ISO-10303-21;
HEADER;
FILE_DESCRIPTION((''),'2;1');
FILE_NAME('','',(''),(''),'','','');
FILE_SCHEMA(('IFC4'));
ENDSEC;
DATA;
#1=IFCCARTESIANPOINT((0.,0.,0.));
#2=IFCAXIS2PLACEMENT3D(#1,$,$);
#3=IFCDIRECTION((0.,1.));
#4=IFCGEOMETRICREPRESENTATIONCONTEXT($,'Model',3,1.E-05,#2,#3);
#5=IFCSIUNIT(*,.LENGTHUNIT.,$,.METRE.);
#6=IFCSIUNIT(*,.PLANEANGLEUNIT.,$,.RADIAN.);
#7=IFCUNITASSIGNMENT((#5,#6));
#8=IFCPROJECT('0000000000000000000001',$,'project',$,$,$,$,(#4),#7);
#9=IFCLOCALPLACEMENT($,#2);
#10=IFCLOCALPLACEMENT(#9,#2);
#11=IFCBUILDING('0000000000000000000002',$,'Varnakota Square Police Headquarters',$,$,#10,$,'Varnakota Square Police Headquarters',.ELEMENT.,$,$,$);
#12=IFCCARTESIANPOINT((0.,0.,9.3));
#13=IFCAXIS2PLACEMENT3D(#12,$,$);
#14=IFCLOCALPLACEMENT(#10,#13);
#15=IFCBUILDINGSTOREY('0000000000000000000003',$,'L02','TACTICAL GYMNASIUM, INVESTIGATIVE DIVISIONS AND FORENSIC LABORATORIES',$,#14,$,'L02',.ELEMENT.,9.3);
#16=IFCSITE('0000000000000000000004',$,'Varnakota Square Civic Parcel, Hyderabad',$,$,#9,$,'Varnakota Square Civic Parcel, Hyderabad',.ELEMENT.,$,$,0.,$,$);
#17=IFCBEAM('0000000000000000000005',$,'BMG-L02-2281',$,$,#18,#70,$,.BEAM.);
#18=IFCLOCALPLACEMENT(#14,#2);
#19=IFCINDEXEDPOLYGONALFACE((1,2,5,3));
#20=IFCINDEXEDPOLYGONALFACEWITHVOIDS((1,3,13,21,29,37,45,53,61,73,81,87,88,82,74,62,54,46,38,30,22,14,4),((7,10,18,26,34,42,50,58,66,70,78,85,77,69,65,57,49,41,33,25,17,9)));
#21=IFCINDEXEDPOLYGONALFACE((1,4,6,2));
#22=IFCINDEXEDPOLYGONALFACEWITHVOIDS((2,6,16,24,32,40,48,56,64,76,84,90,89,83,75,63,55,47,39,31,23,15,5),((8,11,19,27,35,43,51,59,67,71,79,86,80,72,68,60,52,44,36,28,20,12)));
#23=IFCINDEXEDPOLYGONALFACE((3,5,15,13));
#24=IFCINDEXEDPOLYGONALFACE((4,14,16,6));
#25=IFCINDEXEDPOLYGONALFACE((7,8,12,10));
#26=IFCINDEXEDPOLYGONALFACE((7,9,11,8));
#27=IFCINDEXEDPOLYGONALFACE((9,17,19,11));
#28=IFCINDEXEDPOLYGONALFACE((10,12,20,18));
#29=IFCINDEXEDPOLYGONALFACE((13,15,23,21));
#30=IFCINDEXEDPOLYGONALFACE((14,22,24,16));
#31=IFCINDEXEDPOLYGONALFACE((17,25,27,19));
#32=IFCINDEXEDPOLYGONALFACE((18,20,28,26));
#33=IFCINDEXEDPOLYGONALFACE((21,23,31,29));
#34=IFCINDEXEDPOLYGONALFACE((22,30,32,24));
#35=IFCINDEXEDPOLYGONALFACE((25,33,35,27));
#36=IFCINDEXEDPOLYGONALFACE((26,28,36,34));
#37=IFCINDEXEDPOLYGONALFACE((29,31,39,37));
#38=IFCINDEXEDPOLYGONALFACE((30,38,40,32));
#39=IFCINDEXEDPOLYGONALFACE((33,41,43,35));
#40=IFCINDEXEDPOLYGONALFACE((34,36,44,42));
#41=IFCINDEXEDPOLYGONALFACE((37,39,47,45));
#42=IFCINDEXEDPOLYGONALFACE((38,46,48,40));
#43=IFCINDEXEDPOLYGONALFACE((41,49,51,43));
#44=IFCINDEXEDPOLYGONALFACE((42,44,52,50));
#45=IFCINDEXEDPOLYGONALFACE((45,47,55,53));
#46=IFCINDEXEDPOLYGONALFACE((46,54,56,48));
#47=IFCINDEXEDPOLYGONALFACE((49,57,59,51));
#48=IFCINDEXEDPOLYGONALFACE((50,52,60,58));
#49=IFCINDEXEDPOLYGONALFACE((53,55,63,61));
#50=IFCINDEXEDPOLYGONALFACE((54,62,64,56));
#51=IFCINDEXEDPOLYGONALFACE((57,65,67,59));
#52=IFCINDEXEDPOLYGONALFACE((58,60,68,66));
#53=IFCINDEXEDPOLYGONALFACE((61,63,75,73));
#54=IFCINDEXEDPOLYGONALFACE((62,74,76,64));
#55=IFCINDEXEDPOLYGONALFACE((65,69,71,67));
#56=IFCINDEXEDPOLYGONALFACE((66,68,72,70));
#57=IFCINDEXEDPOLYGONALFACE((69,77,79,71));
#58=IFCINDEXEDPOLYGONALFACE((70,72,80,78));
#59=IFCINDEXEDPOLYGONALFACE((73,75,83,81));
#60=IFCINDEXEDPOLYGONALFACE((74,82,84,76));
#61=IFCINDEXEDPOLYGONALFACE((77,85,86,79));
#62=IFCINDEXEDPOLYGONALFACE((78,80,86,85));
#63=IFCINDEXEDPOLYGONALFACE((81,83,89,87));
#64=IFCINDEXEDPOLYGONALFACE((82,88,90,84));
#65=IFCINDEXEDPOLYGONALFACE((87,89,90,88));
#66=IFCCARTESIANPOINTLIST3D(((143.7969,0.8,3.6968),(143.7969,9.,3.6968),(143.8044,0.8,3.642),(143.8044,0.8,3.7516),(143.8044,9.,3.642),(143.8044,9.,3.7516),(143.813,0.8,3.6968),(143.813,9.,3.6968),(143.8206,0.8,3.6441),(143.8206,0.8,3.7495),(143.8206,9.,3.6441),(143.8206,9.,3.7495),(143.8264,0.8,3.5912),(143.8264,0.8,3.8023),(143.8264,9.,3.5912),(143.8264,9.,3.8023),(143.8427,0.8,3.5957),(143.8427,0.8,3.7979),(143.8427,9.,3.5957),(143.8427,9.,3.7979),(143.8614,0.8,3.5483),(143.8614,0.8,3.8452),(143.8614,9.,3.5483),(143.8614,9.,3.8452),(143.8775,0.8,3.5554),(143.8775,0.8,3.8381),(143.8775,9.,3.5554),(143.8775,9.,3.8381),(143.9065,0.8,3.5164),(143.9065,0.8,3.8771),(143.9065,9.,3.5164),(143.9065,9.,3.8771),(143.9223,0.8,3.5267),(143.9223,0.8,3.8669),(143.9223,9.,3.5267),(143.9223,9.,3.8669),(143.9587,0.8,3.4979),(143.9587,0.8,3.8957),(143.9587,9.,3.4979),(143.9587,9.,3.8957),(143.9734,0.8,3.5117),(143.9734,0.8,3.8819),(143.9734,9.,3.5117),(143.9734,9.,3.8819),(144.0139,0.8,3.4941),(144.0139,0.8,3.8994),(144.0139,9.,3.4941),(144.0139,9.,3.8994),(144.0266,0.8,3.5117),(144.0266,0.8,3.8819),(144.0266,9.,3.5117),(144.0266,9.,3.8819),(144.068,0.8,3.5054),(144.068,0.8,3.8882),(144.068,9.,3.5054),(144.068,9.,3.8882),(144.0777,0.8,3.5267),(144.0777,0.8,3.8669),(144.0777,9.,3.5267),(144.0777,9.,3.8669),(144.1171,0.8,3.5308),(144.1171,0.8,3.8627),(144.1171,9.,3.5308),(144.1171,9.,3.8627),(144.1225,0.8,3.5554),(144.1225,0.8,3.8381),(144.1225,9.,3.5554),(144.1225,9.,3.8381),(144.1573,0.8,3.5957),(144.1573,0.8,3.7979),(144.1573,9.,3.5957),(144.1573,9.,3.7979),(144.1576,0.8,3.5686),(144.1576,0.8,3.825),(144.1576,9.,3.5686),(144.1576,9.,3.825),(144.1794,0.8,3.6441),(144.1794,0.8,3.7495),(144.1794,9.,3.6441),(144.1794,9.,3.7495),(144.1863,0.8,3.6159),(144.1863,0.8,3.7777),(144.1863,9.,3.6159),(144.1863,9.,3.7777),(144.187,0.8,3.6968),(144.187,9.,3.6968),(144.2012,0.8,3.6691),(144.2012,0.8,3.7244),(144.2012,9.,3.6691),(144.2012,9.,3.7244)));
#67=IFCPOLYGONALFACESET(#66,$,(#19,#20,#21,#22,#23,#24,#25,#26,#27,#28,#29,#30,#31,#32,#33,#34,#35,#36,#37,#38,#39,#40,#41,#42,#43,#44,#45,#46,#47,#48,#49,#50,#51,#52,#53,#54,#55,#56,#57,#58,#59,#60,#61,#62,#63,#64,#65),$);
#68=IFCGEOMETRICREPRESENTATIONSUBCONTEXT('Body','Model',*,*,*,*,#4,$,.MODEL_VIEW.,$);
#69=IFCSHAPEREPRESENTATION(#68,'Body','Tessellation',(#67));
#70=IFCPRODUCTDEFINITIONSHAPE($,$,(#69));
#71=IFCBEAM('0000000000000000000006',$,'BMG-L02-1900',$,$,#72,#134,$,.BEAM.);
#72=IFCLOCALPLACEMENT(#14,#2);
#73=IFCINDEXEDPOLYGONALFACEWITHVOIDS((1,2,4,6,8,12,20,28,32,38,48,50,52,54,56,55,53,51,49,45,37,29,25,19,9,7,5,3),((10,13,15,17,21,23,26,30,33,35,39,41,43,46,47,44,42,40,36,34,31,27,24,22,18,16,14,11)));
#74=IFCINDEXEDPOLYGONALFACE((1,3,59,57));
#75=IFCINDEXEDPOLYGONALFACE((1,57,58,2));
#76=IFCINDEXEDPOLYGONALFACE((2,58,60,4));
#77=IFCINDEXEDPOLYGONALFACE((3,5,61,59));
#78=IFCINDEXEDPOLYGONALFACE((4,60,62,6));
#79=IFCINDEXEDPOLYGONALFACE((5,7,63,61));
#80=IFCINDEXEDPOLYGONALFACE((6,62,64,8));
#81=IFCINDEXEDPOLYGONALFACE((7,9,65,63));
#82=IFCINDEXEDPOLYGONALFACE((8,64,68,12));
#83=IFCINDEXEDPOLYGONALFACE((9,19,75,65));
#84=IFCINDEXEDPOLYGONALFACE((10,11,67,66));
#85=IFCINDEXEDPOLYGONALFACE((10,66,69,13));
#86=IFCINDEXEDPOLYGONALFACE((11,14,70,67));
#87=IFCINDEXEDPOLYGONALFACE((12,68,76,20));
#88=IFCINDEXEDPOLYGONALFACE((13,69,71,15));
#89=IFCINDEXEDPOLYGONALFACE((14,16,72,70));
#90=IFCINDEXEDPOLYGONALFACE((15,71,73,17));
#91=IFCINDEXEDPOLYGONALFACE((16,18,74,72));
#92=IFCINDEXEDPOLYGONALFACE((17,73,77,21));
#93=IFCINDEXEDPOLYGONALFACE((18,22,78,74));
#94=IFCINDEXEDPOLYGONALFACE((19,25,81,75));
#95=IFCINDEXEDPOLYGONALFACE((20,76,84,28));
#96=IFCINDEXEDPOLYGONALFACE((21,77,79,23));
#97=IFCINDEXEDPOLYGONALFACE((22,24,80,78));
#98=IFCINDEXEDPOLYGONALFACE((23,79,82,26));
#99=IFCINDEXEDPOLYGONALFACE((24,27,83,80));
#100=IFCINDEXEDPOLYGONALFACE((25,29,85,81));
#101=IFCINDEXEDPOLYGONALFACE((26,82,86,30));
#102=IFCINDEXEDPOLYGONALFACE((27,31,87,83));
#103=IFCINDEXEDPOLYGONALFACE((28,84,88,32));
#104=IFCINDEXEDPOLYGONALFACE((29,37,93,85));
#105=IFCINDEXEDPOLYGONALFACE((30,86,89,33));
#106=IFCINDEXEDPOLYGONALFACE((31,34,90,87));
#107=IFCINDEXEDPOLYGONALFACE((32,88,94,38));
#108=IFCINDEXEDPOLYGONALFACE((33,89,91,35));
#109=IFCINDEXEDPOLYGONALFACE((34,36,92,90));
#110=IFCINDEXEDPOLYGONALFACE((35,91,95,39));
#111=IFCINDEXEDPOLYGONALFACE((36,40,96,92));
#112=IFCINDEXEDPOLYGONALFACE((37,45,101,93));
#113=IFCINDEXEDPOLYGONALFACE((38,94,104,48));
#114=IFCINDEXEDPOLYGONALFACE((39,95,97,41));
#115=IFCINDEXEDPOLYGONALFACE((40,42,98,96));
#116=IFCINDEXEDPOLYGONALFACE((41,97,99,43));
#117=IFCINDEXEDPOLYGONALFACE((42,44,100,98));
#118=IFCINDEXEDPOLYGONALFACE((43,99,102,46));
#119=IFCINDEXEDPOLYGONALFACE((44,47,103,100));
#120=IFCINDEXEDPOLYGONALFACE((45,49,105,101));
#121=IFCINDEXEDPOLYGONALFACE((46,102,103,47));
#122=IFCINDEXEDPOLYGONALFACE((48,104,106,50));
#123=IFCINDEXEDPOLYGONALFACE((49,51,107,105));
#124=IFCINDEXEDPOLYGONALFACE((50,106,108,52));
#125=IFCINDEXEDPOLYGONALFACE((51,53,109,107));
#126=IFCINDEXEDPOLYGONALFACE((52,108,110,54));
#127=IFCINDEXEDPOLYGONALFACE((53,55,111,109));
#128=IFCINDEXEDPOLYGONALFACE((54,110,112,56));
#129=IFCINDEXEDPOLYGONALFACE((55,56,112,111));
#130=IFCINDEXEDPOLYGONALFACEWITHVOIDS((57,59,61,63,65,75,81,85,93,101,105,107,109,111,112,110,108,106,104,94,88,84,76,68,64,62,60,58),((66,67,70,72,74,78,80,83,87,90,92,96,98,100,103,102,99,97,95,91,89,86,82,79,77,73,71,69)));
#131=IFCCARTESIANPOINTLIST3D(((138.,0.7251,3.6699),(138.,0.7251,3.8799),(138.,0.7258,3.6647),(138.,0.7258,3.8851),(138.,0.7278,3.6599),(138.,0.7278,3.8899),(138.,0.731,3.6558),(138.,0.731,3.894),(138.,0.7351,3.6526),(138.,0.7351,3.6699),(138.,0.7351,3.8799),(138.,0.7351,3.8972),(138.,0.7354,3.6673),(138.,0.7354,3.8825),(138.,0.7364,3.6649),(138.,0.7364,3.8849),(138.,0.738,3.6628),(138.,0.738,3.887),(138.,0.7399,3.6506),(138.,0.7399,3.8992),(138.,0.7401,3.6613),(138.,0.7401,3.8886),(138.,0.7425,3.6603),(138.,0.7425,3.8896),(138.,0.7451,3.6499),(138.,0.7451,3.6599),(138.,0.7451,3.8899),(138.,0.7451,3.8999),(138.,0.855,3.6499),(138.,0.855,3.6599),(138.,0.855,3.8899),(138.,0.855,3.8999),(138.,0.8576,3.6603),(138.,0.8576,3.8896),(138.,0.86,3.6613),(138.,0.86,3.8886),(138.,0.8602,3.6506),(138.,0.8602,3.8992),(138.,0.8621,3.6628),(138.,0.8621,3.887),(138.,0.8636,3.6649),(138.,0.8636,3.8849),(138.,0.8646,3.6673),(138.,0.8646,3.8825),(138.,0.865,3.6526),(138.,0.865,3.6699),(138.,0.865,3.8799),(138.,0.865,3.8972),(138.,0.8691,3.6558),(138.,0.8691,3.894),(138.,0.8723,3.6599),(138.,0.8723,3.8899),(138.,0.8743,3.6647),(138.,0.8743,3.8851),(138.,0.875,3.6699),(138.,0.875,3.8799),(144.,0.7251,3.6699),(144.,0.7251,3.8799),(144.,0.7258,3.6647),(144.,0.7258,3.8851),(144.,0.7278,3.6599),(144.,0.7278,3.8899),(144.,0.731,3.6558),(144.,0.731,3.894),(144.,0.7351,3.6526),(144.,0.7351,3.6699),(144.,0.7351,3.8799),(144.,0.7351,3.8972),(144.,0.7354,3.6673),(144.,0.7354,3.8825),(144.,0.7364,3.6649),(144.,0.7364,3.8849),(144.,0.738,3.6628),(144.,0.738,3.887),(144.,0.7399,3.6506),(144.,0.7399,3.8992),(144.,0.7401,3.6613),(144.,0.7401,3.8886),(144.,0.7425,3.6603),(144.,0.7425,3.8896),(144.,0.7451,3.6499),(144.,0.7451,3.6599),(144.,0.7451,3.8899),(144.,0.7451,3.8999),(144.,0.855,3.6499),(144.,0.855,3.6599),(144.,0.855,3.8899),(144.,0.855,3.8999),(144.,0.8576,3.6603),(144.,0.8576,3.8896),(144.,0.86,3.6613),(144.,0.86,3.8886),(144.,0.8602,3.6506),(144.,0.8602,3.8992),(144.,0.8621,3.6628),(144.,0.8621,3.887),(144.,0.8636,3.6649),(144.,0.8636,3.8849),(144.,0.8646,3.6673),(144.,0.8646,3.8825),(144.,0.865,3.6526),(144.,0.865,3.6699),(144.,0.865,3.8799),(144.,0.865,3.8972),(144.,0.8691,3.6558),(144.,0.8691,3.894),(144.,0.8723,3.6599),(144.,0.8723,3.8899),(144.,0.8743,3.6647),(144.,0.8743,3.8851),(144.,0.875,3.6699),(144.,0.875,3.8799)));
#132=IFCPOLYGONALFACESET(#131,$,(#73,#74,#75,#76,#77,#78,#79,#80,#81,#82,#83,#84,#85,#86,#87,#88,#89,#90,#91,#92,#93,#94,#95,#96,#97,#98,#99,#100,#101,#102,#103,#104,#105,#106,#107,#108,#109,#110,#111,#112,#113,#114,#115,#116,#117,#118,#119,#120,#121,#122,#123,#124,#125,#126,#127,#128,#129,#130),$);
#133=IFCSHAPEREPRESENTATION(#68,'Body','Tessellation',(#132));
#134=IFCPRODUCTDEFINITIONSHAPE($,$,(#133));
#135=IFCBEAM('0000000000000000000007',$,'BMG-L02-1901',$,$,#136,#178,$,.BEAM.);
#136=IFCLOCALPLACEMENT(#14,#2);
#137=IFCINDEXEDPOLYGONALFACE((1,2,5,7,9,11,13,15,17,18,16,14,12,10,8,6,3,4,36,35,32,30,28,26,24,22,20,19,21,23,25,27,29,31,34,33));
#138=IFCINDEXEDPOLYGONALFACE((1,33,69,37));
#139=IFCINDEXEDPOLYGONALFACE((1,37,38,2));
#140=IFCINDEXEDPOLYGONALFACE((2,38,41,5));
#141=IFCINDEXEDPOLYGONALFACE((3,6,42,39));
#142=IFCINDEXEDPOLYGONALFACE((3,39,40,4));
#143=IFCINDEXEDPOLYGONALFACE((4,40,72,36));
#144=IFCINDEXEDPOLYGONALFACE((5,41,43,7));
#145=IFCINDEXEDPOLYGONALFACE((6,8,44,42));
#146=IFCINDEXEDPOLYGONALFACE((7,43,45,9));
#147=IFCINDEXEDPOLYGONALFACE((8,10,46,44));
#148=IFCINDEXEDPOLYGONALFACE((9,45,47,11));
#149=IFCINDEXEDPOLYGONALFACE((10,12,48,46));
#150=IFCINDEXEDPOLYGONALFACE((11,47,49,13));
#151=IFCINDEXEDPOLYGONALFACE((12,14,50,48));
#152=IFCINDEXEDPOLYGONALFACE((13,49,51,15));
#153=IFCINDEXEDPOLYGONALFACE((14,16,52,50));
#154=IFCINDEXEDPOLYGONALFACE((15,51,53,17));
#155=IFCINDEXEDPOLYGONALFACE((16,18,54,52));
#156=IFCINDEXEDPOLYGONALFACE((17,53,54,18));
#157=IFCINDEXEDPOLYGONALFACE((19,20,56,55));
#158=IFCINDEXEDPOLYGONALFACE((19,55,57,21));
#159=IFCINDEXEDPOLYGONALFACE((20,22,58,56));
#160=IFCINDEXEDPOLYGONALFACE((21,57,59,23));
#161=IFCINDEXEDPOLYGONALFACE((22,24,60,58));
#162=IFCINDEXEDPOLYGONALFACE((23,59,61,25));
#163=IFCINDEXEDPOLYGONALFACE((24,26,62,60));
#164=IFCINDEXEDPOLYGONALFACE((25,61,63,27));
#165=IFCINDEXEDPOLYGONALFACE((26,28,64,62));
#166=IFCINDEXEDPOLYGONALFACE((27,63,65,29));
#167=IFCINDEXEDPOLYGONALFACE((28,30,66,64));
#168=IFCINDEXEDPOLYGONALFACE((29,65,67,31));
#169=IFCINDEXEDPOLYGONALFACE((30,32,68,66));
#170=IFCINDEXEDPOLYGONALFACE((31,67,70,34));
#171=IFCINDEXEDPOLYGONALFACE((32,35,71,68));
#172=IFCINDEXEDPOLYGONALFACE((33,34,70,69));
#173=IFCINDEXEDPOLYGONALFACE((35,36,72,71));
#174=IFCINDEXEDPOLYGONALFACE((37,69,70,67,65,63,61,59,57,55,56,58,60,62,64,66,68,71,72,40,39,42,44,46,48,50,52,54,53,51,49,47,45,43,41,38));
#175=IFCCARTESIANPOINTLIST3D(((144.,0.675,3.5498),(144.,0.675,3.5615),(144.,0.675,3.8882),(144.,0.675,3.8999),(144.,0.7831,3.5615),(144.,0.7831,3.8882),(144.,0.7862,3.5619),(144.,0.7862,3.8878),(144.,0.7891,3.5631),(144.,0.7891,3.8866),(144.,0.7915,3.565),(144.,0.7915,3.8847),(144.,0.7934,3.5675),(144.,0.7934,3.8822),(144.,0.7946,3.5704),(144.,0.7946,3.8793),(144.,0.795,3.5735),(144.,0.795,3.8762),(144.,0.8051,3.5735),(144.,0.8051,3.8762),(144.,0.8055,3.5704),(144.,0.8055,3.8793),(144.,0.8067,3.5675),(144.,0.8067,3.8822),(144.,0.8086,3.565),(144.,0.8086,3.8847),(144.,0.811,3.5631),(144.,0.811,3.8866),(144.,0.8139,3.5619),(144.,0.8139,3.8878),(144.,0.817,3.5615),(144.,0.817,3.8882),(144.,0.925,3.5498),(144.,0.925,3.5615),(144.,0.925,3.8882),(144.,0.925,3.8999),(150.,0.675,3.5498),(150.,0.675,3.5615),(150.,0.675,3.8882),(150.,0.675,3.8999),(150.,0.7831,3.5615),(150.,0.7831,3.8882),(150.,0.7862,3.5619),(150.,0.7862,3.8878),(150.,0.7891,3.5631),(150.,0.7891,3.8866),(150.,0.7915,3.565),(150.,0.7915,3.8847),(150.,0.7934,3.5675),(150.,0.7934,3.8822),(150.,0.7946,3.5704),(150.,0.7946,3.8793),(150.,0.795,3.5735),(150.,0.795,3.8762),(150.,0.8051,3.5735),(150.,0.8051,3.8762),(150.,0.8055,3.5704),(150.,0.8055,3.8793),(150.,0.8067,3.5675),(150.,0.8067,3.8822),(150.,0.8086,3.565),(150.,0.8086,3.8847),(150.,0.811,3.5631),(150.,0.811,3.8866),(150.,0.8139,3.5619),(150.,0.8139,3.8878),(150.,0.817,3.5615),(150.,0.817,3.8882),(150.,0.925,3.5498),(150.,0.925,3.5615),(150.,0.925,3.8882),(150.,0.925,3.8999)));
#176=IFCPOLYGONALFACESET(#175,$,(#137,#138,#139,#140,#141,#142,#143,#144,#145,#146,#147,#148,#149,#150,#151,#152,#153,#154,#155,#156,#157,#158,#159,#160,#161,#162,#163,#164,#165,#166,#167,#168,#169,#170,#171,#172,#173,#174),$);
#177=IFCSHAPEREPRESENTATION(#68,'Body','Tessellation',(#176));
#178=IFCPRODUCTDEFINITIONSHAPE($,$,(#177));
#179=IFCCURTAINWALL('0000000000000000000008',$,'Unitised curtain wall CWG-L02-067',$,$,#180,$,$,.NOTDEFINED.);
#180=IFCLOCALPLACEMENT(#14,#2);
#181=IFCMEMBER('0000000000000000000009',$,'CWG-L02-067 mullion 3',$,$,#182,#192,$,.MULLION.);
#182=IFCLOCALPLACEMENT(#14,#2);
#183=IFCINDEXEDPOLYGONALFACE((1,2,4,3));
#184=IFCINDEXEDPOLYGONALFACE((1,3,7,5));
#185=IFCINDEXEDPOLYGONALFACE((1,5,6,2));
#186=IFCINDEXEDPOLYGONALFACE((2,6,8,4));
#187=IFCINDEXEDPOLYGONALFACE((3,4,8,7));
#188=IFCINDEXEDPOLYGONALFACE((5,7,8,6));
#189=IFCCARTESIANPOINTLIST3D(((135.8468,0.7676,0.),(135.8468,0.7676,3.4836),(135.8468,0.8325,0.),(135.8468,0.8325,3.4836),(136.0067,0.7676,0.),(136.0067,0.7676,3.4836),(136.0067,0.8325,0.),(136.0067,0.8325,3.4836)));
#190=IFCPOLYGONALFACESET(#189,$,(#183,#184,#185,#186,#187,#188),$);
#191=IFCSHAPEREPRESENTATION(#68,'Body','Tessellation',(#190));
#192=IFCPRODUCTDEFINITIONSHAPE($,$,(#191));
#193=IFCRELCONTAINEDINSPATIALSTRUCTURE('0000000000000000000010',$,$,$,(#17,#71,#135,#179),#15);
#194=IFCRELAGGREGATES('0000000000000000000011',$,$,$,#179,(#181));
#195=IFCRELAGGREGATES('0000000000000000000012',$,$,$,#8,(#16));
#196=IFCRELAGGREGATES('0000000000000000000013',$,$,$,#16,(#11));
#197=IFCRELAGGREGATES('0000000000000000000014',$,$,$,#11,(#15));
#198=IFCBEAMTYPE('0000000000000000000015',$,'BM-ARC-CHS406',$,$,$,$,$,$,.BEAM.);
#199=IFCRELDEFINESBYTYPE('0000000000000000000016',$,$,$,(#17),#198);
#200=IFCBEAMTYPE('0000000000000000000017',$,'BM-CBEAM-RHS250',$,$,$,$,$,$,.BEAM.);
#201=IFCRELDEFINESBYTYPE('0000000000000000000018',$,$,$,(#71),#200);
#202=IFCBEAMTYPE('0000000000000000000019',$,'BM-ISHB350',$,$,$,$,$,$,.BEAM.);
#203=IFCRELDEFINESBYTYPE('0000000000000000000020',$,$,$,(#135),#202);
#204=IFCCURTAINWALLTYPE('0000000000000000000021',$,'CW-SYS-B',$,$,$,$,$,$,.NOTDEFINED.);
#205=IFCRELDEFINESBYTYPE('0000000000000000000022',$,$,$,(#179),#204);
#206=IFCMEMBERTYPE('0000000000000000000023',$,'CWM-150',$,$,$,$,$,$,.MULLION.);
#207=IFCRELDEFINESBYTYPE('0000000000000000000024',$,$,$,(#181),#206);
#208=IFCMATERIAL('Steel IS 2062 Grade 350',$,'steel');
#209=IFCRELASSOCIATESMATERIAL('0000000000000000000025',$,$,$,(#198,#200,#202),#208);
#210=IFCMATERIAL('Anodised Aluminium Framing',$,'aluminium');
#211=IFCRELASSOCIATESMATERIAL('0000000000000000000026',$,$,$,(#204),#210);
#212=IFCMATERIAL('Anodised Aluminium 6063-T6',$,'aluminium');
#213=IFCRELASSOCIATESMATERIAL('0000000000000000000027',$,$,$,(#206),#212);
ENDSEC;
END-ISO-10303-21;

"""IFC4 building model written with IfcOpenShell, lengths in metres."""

from ifc_helpers import new_model, si_unit, direction, frame, origin, origin_2d, place, context, subcontext, project, spatial, rectangle, hollow_rectangle, hollow_circle, i_section, extrude, material, material_profile, profile_set, type_object, element, aggregate, save


model = new_model("IFC4")

# Units and contexts
model_context = context("Model", 3, precision=1e-05, world=origin(), true_north=direction((0.0, 1.0)))
body_context = subcontext(model_context, "Body", "Model", "MODEL_VIEW")
ifc_project = project(units=[si_unit("LENGTHUNIT", "METRE"), si_unit("PLANEANGLEUNIT", "RADIAN")], contexts=[model_context])

# Site, building, storey
site_placement = place(None, origin())
site = spatial("IfcSite", under=ifc_project, at=site_placement, Name="Varnakota Square Civic Parcel, Hyderabad", LongName="Varnakota Square Civic Parcel, Hyderabad", CompositionType="ELEMENT", RefElevation=0.0)
building_placement = place(site_placement, origin())
building = spatial("IfcBuilding", under=site, at=building_placement, Name="Varnakota Square Police Headquarters", LongName="Varnakota Square Police Headquarters", CompositionType="ELEMENT")
storey_placement = place(building_placement, frame((0.0, 0.0, 9.3)))
storey = spatial("IfcBuildingStorey", under=building, at=storey_placement, Name="L02", Description="TACTICAL GYMNASIUM, INVESTIGATIVE DIVISIONS AND FORENSIC LABORATORIES", LongName="L02", CompositionType="ELEMENT", Elevation=9.3)

# Shared definitions
ifc_material_1 = material(Name="Steel IS 2062 Grade 350", Category="steel")

# Beams
ifc_material_profile_1 = material_profile(ifc_material_1, hollow_circle(Radius=0.2031, WallThickness=0.0161, at=origin_2d()), Name="CHS 406.4x16.0")
ifc_profile_set_1 = profile_set([ifc_material_profile_1], Name="Steel IS 2062 Grade 350")
beam_type_1 = type_object("IfcBeamType", Name="BM-ARC-CHS406", PredefinedType="BEAM", material=ifc_profile_set_1)
for number, where, z_axis, x_axis, name in (
    (1, (144.0, 0.8, 3.6968), (0.0, 1.0, 0.0), (-1.0, 0.0, 0.0), "BMG-L02-2281"),
):
    element("IfcBeam", number, at=place(storey_placement, frame(where, z_axis=z_axis, x_axis=x_axis)), inside=storey, type_object=beam_type_1, Name=name, PredefinedType="BEAM", context=body_context, shape_type="SweptSolid", body=[
        extrude(hollow_circle(Radius=0.2031, WallThickness=0.0161, at=origin_2d()), origin(), (0.0, 0.0, 1.0), 8.2),
    ])
ifc_material_profile_2 = material_profile(ifc_material_1, hollow_rectangle(XDim=0.1499, YDim=0.25, WallThickness=0.01, InnerFilletRadius=0.01, OuterFilletRadius=0.02, at=origin_2d()), Name="RHS 250x150x10")
ifc_profile_set_2 = profile_set([ifc_material_profile_2], Name="Steel IS 2062 Grade 350")
beam_type_2 = type_object("IfcBeamType", Name="BM-CBEAM-RHS250", PredefinedType="BEAM", material=ifc_profile_set_2)
beam_1_placement = place(storey_placement, frame((138.0, 0.8, 3.7749), z_axis=(1.0, 0.0, 0.0), x_axis=(0.0, 1.0, 0.0)))
element("IfcBeam", 2, at=beam_1_placement, inside=storey, type_object=beam_type_2, Name="BMG-L02-1900", PredefinedType="BEAM", context=body_context, shape_type="SweptSolid", body=[
    extrude(hollow_rectangle(XDim=0.1499, YDim=0.25, WallThickness=0.01, InnerFilletRadius=0.01, OuterFilletRadius=0.02, at=origin_2d()), origin(), (0.0, 0.0, 1.0), 6.0),
])
ifc_material_profile_3 = material_profile(ifc_material_1, i_section(OverallWidth=0.25, OverallDepth=0.3501, WebThickness=0.01, FlangeThickness=0.0117, FilletRadius=0.012, at=origin_2d()), Name="ISHB 350")
ifc_profile_set_3 = profile_set([ifc_material_profile_3], Name="Steel IS 2062 Grade 350")
beam_type_3 = type_object("IfcBeamType", Name="BM-ISHB350", PredefinedType="BEAM", material=ifc_profile_set_3)
beam_2_placement = place(storey_placement, frame((144.0, 0.8, 3.7249), z_axis=(1.0, 0.0, 0.0), x_axis=(0.0, 1.0, 0.0)))
element("IfcBeam", 3, at=beam_2_placement, inside=storey, type_object=beam_type_3, Name="BMG-L02-1901", PredefinedType="BEAM", context=body_context, shape_type="SweptSolid", body=[
    extrude(i_section(OverallWidth=0.25, OverallDepth=0.3501, WebThickness=0.01, FlangeThickness=0.0117, FilletRadius=0.012, at=origin_2d()), origin(), (0.0, 0.0, 1.0), 6.0),
])

# Curtain wall, member
ifc_material_2 = material(Name="Anodised Aluminium Framing", Category="aluminium")
curtain_wall_type = type_object("IfcCurtainWallType", Name="CW-SYS-B", PredefinedType="NOTDEFINED", material=ifc_material_2)
curtain_wall_1_placement = place(storey_placement, origin())
curtain_wall_1 = element("IfcCurtainWall", 4, at=curtain_wall_1_placement, inside=storey, type_object=curtain_wall_type, Name="Unitised curtain wall CWG-L02-067", PredefinedType="NOTDEFINED")
ifc_material_3 = material(Name="Anodised Aluminium 6063-T6", Category="aluminium")
ifc_material_profile_4 = material_profile(ifc_material_3, rectangle(XDim=0.0649, YDim=0.1599, at=origin_2d()), Name="ALU MULLION 65x160")
ifc_profile_set_4 = profile_set([ifc_material_profile_4], Name="Anodised Aluminium 6063-T6")
member_type_1 = type_object("IfcMemberType", Name="CWM-150", PredefinedType="MULLION", material=ifc_profile_set_4)
member_1_placement = place(storey_placement, frame((135.9268, 0.8, 0.0), z_axis=(0.0, 0.0, 1.0), x_axis=(0.0, 1.0, 0.0)))
member_1 = element("IfcMember", 5, at=member_1_placement, type_object=member_type_1, Name="CWG-L02-067 mullion 3", PredefinedType="MULLION", context=body_context, shape_type="SweptSolid", body=[
    extrude(rectangle(XDim=0.0649, YDim=0.1599, at=origin_2d()), origin(), (0.0, 0.0, 1.0), 3.4836),
])

aggregate(curtain_wall_1, [member_1])

save(model, "model.ifc")
